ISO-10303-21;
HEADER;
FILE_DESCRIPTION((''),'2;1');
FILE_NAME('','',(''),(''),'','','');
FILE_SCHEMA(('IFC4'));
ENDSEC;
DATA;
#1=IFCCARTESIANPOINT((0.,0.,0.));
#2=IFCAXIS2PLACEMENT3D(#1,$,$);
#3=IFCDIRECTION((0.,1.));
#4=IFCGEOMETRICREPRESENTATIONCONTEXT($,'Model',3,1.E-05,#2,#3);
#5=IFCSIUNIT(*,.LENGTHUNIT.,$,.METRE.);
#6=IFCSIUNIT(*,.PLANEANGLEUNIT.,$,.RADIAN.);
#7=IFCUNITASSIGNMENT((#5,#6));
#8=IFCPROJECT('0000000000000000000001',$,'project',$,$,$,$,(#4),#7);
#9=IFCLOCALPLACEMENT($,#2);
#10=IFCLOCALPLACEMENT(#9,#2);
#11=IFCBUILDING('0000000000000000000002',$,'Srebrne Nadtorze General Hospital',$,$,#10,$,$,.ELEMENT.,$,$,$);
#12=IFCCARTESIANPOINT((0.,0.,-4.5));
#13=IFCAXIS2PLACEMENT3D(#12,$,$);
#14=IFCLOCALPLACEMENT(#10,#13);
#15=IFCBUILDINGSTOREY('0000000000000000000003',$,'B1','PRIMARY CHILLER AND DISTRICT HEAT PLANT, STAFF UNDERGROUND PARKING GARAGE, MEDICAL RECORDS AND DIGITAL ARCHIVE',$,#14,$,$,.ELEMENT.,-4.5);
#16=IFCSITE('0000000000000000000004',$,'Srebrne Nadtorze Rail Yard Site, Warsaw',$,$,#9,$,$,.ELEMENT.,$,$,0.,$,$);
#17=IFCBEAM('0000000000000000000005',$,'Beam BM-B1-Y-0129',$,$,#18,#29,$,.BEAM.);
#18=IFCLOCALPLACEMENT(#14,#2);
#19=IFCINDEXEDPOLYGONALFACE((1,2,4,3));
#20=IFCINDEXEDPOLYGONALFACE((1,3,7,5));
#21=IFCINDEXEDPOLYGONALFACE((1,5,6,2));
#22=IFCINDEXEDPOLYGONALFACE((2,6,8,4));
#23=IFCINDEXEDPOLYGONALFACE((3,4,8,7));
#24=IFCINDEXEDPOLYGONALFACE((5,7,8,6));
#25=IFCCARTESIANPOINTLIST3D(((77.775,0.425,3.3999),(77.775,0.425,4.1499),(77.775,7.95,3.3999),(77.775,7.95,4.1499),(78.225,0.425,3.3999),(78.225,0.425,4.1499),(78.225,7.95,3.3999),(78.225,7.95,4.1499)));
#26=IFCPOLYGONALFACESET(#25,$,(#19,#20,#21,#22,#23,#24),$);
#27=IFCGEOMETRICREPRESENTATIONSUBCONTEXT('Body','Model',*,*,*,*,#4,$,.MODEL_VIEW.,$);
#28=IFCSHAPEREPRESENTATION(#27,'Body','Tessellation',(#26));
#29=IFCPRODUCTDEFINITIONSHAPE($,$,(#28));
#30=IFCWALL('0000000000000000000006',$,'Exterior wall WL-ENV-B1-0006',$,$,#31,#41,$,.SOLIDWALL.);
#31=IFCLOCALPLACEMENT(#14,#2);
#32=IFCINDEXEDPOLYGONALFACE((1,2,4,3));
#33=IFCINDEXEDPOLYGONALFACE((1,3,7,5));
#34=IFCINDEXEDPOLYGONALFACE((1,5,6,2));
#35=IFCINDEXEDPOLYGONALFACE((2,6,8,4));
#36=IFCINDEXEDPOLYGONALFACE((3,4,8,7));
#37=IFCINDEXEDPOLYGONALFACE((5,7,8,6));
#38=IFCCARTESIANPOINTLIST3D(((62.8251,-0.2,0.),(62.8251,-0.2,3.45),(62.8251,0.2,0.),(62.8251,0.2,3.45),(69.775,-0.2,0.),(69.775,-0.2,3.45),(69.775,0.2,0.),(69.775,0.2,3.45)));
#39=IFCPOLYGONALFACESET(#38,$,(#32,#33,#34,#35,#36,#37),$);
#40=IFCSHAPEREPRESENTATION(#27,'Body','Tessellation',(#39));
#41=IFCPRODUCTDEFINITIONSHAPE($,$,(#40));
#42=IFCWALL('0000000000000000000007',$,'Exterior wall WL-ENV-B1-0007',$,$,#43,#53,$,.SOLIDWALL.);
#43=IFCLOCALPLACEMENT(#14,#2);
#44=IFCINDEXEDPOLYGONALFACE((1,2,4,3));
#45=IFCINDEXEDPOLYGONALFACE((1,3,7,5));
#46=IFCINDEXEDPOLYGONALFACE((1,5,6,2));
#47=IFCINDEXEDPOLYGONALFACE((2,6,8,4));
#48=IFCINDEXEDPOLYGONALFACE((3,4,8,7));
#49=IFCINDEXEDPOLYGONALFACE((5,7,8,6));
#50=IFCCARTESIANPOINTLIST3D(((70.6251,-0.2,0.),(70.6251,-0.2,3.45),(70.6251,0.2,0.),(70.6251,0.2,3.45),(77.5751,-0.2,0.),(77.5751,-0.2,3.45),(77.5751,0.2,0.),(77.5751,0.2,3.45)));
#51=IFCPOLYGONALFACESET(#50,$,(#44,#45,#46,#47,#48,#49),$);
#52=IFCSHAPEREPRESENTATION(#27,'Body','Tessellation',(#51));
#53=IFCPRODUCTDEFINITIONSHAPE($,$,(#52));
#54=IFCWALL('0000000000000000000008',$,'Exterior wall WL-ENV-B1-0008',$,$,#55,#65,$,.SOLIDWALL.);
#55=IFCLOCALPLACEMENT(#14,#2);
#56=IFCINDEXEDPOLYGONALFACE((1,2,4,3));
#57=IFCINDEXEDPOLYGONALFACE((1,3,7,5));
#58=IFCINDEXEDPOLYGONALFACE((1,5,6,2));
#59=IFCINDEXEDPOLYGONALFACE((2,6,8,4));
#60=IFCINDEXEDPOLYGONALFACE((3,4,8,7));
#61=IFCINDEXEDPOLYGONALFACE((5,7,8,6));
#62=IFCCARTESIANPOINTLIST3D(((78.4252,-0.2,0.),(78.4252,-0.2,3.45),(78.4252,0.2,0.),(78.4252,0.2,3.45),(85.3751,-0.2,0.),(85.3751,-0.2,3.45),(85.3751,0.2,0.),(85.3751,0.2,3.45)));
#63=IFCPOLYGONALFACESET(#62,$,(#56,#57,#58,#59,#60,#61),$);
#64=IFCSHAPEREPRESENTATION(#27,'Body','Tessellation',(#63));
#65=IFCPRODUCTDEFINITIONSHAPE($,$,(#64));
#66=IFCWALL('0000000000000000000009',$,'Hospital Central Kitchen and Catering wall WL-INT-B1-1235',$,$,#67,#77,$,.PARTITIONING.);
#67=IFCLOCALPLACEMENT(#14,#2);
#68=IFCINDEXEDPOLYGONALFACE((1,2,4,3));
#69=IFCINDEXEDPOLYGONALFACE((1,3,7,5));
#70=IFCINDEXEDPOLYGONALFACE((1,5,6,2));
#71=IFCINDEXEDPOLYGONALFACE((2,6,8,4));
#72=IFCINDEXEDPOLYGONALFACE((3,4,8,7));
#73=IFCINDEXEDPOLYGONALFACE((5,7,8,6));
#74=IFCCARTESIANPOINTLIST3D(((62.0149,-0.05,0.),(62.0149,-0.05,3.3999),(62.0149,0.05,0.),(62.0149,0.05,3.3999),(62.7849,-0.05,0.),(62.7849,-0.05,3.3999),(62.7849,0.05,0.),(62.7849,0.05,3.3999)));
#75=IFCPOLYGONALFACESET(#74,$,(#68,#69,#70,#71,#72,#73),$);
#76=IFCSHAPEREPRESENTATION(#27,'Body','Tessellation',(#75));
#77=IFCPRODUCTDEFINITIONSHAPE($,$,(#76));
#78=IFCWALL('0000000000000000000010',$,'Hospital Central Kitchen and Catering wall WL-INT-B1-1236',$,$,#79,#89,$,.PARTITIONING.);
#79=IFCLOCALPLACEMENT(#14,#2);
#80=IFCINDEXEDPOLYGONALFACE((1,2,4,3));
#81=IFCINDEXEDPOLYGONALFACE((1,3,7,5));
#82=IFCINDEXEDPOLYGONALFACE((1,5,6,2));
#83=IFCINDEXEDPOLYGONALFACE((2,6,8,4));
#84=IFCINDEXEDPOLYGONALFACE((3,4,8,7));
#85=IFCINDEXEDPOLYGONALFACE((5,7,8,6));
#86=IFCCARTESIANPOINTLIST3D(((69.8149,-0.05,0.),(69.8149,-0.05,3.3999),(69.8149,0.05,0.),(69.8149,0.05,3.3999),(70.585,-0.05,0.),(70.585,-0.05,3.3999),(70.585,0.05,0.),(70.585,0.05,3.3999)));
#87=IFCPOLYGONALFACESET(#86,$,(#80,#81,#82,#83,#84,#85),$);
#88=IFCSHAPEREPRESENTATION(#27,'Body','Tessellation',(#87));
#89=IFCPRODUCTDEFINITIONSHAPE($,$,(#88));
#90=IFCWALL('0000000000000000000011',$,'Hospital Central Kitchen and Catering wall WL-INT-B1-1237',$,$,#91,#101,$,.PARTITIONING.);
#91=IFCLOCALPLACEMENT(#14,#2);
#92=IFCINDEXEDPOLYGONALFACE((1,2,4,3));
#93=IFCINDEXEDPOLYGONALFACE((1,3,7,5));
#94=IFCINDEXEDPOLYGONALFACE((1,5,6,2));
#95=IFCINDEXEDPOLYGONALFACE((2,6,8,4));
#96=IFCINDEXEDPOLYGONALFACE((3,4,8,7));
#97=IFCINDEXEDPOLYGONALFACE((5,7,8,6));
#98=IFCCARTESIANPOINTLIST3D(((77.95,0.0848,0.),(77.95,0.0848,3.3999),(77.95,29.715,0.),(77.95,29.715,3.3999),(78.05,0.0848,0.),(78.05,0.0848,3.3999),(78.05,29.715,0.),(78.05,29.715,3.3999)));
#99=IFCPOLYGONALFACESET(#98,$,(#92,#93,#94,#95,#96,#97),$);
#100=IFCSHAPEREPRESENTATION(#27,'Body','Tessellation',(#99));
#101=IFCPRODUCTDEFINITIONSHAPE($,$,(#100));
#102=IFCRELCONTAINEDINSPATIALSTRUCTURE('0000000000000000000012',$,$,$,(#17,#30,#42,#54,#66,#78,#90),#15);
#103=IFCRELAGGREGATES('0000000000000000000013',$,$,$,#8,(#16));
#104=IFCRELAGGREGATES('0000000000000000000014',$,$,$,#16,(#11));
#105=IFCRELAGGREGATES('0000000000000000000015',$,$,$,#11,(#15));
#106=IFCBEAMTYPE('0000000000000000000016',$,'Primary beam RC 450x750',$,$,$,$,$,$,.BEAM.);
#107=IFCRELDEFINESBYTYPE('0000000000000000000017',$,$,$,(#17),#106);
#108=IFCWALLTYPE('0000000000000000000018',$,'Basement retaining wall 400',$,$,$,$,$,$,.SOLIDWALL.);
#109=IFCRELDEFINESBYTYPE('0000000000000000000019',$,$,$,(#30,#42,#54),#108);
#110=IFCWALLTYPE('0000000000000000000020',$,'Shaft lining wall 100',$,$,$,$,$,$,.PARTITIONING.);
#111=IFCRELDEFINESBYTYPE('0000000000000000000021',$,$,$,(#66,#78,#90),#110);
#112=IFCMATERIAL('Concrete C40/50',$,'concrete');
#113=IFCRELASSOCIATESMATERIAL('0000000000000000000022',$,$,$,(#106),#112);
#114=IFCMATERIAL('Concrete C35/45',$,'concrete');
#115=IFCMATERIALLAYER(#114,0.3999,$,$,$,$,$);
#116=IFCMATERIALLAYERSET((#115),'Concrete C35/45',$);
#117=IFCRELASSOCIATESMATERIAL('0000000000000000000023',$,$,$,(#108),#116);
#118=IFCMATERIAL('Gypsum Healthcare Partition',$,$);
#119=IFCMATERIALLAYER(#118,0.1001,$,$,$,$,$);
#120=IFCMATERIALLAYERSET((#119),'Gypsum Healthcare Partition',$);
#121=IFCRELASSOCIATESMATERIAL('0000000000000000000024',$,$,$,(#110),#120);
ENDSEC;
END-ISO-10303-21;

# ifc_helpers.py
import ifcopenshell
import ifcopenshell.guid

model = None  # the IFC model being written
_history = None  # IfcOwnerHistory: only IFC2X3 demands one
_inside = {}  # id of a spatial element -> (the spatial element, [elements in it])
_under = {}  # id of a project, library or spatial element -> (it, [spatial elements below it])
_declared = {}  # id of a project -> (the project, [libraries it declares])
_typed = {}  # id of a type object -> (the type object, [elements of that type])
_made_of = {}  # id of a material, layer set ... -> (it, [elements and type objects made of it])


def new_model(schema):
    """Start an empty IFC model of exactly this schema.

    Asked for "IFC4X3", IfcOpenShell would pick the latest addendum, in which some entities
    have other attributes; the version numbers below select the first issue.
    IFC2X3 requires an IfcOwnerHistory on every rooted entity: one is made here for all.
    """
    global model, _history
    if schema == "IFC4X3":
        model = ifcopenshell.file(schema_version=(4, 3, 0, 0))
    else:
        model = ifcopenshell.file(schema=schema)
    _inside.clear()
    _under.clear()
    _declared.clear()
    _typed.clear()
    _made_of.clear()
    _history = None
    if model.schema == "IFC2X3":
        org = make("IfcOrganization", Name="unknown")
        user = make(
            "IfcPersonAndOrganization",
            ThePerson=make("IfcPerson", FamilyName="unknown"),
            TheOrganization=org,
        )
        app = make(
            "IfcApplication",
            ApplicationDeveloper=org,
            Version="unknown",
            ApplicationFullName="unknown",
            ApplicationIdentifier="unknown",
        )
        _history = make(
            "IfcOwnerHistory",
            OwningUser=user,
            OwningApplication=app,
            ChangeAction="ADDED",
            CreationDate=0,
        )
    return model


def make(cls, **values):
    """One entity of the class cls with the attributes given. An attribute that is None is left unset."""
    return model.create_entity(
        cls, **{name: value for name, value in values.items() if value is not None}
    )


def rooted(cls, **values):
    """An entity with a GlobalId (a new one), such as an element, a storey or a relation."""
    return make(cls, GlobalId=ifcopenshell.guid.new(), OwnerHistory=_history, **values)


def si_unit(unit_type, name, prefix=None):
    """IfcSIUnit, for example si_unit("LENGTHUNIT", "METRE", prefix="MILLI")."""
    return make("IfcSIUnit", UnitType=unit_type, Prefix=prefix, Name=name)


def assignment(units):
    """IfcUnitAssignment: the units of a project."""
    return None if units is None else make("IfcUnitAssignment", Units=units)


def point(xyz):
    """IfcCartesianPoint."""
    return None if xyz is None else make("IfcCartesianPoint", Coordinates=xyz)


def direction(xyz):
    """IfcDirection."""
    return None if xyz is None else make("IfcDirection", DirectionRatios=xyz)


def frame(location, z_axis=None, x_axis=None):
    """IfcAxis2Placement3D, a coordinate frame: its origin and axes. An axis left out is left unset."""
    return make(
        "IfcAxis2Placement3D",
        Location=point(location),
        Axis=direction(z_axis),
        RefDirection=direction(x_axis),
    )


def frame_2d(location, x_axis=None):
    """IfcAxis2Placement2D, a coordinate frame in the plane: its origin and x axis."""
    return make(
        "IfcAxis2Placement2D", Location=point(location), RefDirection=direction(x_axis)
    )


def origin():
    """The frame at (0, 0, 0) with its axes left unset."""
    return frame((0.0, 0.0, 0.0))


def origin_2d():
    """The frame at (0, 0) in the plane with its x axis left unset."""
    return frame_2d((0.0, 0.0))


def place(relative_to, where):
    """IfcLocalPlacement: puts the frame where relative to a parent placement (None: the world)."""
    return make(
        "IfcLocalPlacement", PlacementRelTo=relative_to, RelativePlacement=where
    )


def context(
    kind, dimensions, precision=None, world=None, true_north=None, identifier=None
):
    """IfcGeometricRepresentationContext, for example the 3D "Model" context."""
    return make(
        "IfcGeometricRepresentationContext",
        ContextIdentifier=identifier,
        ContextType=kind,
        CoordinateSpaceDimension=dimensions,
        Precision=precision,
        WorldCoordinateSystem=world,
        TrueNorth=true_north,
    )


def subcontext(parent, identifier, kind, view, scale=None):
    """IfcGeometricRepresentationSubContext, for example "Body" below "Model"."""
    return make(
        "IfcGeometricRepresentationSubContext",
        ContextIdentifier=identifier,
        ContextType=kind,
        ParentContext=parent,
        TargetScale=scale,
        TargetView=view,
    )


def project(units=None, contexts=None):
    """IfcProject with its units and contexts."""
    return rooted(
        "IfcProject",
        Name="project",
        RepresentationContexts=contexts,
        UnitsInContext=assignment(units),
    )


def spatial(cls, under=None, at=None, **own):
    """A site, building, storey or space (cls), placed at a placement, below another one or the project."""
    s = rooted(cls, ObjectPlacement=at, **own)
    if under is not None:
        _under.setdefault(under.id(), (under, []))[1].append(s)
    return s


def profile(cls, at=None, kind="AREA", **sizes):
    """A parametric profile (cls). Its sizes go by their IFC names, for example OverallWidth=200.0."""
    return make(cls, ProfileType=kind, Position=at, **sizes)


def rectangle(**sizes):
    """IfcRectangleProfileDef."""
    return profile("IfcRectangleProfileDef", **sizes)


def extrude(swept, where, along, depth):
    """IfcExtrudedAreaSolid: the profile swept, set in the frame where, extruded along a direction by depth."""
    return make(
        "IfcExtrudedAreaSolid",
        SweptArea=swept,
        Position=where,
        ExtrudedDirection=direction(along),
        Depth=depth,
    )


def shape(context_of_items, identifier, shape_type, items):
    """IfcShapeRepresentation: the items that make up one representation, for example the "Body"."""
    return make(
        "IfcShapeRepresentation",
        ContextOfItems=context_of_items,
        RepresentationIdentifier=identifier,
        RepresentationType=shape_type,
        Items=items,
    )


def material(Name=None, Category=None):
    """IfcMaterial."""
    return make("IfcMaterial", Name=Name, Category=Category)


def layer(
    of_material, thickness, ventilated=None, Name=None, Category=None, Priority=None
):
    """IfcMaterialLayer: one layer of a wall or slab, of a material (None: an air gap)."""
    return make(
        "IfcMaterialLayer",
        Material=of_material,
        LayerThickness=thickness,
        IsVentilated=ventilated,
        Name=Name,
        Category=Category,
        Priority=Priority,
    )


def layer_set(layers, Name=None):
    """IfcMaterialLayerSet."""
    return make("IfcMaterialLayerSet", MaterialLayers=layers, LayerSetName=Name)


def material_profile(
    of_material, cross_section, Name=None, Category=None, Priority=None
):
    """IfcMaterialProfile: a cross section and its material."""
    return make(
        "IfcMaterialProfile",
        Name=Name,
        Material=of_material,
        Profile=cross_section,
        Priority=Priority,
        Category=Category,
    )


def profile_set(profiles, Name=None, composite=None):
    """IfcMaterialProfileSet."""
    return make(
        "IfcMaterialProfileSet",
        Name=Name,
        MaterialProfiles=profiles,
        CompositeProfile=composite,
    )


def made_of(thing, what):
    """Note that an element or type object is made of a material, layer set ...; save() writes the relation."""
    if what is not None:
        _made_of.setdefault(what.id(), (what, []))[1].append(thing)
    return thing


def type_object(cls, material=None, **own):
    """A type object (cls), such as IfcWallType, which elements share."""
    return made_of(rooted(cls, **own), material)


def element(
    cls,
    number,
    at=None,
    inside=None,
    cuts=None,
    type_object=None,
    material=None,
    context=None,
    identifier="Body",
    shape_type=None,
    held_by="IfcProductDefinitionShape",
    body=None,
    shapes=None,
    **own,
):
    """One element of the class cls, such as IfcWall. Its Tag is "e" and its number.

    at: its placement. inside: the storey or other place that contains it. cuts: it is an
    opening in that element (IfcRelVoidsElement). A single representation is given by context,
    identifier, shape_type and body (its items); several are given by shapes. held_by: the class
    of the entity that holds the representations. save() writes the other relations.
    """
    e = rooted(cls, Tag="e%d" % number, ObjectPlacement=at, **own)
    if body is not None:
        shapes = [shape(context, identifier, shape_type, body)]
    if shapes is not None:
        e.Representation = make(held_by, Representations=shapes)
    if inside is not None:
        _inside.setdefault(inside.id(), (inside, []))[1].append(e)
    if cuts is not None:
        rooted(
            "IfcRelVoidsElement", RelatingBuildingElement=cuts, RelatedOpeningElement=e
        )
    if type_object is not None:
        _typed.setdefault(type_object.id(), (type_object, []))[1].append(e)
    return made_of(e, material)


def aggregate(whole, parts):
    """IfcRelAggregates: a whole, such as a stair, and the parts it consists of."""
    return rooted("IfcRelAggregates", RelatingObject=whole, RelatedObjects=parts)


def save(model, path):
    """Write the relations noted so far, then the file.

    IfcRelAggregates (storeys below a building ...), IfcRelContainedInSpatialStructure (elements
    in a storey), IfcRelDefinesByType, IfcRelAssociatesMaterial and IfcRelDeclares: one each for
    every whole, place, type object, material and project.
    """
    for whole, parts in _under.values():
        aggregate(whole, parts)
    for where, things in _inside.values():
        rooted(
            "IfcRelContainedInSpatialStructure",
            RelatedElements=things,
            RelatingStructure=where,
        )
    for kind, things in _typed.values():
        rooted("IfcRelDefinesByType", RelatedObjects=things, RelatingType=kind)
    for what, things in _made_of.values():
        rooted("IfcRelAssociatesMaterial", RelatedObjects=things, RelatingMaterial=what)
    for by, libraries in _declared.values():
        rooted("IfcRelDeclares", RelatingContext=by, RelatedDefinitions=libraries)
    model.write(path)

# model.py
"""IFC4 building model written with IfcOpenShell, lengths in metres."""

from ifc_helpers import new_model, si_unit, direction, frame, frame_2d, origin, origin_2d, place, context, subcontext, project, spatial, rectangle, extrude, material, layer, layer_set, material_profile, profile_set, type_object, element, save


model = new_model("IFC4")

# Units and contexts
model_context = context("Model", 3, precision=1e-05, world=origin(), true_north=direction((0.0, 1.0)))
body_context = subcontext(model_context, "Body", "Model", "MODEL_VIEW")
ifc_project = project(units=[si_unit("LENGTHUNIT", "METRE"), si_unit("PLANEANGLEUNIT", "RADIAN")], contexts=[model_context])

# Site, building, storey
site_placement = place(None, origin())
site = spatial("IfcSite", under=ifc_project, at=site_placement, Name="Srebrne Nadtorze Rail Yard Site, Warsaw", CompositionType="ELEMENT", RefElevation=0.0)
building_placement = place(site_placement, origin())
building = spatial("IfcBuilding", under=site, at=building_placement, Name="Srebrne Nadtorze General Hospital", CompositionType="ELEMENT")
storey_placement = place(building_placement, frame((0.0, 0.0, -4.5)))
storey = spatial("IfcBuildingStorey", under=building, at=storey_placement, Name="B1", Description="PRIMARY CHILLER AND DISTRICT HEAT PLANT, STAFF UNDERGROUND PARKING GARAGE, MEDICAL RECORDS AND DIGITAL ARCHIVE", CompositionType="ELEMENT", Elevation=-4.5)

# Beam
ifc_material_1 = material(Name="Concrete C40/50", Category="concrete")
ifc_material_profile_1 = material_profile(ifc_material_1, rectangle(XDim=0.45, YDim=0.75, at=origin_2d()), Name="RC-BM-450x750")
ifc_profile_set_1 = profile_set([ifc_material_profile_1], Name="Concrete C40/50")
beam_type_1 = type_object("IfcBeamType", Name="Primary beam RC 450x750", PredefinedType="BEAM", material=ifc_profile_set_1)
beam_placement = place(storey_placement, frame((78.0, 0.425, 3.7749), z_axis=(0.0, 1.0, 0.0), x_axis=(-1.0, 0.0, 0.0)))
element("IfcBeam", 1, at=beam_placement, inside=storey, type_object=beam_type_1, Name="Beam BM-B1-Y-0129", PredefinedType="BEAM", context=body_context, shape_type="SweptSolid", body=[
    extrude(rectangle(XDim=0.45, YDim=0.75, at=origin_2d()), origin(), (0.0, 0.0, 1.0), 7.5249),
])

# Walls
ifc_material_2 = material(Name="Concrete C35/45", Category="concrete")
ifc_layer_1 = layer(ifc_material_2, 0.3999)
ifc_layer_set_1 = layer_set([ifc_layer_1], Name="Concrete C35/45")
wall_type_1 = type_object("IfcWallType", Name="Basement retaining wall 400", PredefinedType="SOLIDWALL", material=ifc_layer_set_1)
for number, where, z_axis, x_axis, name in (
    (2, (62.825, 0.0, 0.0), (0.0, 0.0, 1.0), (1.0, 0.0, 0.0), "Exterior wall WL-ENV-B1-0006"),
    (3, (70.625, 0.0, 0.0), (0.0, 0.0, 1.0), (1.0, 0.0, 0.0), "Exterior wall WL-ENV-B1-0007"),
    (4, (78.425, 0.0, 0.0), (0.0, 0.0, 1.0), (1.0, 0.0, 0.0), "Exterior wall WL-ENV-B1-0008"),
):
    element("IfcWall", number, at=place(storey_placement, frame(where, z_axis=z_axis, x_axis=x_axis)), inside=storey, type_object=wall_type_1, Name=name, PredefinedType="SOLIDWALL", context=body_context, shape_type="SweptSolid", body=[
        extrude(rectangle(XDim=6.95, YDim=0.3999, at=frame_2d((3.4751, 0.0))), origin(), (0.0, 0.0, 1.0), 3.45),
    ])
ifc_material_3 = material(Name="Gypsum Healthcare Partition")
ifc_layer_2 = layer(ifc_material_3, 0.1001)
ifc_layer_set_2 = layer_set([ifc_layer_2], Name="Gypsum Healthcare Partition")
wall_type_2 = type_object("IfcWallType", Name="Shaft lining wall 100", PredefinedType="PARTITIONING", material=ifc_layer_set_2)
for number, where, z_axis, x_axis, name in (
    (5, (62.0149, 0.0, 0.0), (0.0, 0.0, 1.0), (1.0, 0.0, 0.0), "Hospital Central Kitchen and Catering wall WL-INT-B1-1235"),
    (6, (69.8149, 0.0, 0.0), (0.0, 0.0, 1.0), (1.0, 0.0, 0.0), "Hospital Central Kitchen and Catering wall WL-INT-B1-1236"),
):
    element("IfcWall", number, at=place(storey_placement, frame(where, z_axis=z_axis, x_axis=x_axis)), inside=storey, type_object=wall_type_2, Name=name, PredefinedType="PARTITIONING", context=body_context, shape_type="SweptSolid", body=[
        extrude(rectangle(XDim=0.77, YDim=0.1001, at=frame_2d((0.385, 0.0))), origin(), (0.0, 0.0, 1.0), 3.3999),
    ])
wall_placement = place(storey_placement, frame((78.0, 0.085, 0.0), z_axis=(0.0, 0.0, 1.0), x_axis=(0.0, 1.0, 0.0)))
element("IfcWall", 7, at=wall_placement, inside=storey, type_object=wall_type_2, Name="Hospital Central Kitchen and Catering wall WL-INT-B1-1237", PredefinedType="PARTITIONING", context=body_context, shape_type="SweptSolid", body=[
    extrude(rectangle(XDim=29.6301, YDim=0.1001, at=frame_2d((14.8149, 0.0))), origin(), (0.0, 0.0, 1.0), 3.3999),
])

save(model, "model.ifc")
